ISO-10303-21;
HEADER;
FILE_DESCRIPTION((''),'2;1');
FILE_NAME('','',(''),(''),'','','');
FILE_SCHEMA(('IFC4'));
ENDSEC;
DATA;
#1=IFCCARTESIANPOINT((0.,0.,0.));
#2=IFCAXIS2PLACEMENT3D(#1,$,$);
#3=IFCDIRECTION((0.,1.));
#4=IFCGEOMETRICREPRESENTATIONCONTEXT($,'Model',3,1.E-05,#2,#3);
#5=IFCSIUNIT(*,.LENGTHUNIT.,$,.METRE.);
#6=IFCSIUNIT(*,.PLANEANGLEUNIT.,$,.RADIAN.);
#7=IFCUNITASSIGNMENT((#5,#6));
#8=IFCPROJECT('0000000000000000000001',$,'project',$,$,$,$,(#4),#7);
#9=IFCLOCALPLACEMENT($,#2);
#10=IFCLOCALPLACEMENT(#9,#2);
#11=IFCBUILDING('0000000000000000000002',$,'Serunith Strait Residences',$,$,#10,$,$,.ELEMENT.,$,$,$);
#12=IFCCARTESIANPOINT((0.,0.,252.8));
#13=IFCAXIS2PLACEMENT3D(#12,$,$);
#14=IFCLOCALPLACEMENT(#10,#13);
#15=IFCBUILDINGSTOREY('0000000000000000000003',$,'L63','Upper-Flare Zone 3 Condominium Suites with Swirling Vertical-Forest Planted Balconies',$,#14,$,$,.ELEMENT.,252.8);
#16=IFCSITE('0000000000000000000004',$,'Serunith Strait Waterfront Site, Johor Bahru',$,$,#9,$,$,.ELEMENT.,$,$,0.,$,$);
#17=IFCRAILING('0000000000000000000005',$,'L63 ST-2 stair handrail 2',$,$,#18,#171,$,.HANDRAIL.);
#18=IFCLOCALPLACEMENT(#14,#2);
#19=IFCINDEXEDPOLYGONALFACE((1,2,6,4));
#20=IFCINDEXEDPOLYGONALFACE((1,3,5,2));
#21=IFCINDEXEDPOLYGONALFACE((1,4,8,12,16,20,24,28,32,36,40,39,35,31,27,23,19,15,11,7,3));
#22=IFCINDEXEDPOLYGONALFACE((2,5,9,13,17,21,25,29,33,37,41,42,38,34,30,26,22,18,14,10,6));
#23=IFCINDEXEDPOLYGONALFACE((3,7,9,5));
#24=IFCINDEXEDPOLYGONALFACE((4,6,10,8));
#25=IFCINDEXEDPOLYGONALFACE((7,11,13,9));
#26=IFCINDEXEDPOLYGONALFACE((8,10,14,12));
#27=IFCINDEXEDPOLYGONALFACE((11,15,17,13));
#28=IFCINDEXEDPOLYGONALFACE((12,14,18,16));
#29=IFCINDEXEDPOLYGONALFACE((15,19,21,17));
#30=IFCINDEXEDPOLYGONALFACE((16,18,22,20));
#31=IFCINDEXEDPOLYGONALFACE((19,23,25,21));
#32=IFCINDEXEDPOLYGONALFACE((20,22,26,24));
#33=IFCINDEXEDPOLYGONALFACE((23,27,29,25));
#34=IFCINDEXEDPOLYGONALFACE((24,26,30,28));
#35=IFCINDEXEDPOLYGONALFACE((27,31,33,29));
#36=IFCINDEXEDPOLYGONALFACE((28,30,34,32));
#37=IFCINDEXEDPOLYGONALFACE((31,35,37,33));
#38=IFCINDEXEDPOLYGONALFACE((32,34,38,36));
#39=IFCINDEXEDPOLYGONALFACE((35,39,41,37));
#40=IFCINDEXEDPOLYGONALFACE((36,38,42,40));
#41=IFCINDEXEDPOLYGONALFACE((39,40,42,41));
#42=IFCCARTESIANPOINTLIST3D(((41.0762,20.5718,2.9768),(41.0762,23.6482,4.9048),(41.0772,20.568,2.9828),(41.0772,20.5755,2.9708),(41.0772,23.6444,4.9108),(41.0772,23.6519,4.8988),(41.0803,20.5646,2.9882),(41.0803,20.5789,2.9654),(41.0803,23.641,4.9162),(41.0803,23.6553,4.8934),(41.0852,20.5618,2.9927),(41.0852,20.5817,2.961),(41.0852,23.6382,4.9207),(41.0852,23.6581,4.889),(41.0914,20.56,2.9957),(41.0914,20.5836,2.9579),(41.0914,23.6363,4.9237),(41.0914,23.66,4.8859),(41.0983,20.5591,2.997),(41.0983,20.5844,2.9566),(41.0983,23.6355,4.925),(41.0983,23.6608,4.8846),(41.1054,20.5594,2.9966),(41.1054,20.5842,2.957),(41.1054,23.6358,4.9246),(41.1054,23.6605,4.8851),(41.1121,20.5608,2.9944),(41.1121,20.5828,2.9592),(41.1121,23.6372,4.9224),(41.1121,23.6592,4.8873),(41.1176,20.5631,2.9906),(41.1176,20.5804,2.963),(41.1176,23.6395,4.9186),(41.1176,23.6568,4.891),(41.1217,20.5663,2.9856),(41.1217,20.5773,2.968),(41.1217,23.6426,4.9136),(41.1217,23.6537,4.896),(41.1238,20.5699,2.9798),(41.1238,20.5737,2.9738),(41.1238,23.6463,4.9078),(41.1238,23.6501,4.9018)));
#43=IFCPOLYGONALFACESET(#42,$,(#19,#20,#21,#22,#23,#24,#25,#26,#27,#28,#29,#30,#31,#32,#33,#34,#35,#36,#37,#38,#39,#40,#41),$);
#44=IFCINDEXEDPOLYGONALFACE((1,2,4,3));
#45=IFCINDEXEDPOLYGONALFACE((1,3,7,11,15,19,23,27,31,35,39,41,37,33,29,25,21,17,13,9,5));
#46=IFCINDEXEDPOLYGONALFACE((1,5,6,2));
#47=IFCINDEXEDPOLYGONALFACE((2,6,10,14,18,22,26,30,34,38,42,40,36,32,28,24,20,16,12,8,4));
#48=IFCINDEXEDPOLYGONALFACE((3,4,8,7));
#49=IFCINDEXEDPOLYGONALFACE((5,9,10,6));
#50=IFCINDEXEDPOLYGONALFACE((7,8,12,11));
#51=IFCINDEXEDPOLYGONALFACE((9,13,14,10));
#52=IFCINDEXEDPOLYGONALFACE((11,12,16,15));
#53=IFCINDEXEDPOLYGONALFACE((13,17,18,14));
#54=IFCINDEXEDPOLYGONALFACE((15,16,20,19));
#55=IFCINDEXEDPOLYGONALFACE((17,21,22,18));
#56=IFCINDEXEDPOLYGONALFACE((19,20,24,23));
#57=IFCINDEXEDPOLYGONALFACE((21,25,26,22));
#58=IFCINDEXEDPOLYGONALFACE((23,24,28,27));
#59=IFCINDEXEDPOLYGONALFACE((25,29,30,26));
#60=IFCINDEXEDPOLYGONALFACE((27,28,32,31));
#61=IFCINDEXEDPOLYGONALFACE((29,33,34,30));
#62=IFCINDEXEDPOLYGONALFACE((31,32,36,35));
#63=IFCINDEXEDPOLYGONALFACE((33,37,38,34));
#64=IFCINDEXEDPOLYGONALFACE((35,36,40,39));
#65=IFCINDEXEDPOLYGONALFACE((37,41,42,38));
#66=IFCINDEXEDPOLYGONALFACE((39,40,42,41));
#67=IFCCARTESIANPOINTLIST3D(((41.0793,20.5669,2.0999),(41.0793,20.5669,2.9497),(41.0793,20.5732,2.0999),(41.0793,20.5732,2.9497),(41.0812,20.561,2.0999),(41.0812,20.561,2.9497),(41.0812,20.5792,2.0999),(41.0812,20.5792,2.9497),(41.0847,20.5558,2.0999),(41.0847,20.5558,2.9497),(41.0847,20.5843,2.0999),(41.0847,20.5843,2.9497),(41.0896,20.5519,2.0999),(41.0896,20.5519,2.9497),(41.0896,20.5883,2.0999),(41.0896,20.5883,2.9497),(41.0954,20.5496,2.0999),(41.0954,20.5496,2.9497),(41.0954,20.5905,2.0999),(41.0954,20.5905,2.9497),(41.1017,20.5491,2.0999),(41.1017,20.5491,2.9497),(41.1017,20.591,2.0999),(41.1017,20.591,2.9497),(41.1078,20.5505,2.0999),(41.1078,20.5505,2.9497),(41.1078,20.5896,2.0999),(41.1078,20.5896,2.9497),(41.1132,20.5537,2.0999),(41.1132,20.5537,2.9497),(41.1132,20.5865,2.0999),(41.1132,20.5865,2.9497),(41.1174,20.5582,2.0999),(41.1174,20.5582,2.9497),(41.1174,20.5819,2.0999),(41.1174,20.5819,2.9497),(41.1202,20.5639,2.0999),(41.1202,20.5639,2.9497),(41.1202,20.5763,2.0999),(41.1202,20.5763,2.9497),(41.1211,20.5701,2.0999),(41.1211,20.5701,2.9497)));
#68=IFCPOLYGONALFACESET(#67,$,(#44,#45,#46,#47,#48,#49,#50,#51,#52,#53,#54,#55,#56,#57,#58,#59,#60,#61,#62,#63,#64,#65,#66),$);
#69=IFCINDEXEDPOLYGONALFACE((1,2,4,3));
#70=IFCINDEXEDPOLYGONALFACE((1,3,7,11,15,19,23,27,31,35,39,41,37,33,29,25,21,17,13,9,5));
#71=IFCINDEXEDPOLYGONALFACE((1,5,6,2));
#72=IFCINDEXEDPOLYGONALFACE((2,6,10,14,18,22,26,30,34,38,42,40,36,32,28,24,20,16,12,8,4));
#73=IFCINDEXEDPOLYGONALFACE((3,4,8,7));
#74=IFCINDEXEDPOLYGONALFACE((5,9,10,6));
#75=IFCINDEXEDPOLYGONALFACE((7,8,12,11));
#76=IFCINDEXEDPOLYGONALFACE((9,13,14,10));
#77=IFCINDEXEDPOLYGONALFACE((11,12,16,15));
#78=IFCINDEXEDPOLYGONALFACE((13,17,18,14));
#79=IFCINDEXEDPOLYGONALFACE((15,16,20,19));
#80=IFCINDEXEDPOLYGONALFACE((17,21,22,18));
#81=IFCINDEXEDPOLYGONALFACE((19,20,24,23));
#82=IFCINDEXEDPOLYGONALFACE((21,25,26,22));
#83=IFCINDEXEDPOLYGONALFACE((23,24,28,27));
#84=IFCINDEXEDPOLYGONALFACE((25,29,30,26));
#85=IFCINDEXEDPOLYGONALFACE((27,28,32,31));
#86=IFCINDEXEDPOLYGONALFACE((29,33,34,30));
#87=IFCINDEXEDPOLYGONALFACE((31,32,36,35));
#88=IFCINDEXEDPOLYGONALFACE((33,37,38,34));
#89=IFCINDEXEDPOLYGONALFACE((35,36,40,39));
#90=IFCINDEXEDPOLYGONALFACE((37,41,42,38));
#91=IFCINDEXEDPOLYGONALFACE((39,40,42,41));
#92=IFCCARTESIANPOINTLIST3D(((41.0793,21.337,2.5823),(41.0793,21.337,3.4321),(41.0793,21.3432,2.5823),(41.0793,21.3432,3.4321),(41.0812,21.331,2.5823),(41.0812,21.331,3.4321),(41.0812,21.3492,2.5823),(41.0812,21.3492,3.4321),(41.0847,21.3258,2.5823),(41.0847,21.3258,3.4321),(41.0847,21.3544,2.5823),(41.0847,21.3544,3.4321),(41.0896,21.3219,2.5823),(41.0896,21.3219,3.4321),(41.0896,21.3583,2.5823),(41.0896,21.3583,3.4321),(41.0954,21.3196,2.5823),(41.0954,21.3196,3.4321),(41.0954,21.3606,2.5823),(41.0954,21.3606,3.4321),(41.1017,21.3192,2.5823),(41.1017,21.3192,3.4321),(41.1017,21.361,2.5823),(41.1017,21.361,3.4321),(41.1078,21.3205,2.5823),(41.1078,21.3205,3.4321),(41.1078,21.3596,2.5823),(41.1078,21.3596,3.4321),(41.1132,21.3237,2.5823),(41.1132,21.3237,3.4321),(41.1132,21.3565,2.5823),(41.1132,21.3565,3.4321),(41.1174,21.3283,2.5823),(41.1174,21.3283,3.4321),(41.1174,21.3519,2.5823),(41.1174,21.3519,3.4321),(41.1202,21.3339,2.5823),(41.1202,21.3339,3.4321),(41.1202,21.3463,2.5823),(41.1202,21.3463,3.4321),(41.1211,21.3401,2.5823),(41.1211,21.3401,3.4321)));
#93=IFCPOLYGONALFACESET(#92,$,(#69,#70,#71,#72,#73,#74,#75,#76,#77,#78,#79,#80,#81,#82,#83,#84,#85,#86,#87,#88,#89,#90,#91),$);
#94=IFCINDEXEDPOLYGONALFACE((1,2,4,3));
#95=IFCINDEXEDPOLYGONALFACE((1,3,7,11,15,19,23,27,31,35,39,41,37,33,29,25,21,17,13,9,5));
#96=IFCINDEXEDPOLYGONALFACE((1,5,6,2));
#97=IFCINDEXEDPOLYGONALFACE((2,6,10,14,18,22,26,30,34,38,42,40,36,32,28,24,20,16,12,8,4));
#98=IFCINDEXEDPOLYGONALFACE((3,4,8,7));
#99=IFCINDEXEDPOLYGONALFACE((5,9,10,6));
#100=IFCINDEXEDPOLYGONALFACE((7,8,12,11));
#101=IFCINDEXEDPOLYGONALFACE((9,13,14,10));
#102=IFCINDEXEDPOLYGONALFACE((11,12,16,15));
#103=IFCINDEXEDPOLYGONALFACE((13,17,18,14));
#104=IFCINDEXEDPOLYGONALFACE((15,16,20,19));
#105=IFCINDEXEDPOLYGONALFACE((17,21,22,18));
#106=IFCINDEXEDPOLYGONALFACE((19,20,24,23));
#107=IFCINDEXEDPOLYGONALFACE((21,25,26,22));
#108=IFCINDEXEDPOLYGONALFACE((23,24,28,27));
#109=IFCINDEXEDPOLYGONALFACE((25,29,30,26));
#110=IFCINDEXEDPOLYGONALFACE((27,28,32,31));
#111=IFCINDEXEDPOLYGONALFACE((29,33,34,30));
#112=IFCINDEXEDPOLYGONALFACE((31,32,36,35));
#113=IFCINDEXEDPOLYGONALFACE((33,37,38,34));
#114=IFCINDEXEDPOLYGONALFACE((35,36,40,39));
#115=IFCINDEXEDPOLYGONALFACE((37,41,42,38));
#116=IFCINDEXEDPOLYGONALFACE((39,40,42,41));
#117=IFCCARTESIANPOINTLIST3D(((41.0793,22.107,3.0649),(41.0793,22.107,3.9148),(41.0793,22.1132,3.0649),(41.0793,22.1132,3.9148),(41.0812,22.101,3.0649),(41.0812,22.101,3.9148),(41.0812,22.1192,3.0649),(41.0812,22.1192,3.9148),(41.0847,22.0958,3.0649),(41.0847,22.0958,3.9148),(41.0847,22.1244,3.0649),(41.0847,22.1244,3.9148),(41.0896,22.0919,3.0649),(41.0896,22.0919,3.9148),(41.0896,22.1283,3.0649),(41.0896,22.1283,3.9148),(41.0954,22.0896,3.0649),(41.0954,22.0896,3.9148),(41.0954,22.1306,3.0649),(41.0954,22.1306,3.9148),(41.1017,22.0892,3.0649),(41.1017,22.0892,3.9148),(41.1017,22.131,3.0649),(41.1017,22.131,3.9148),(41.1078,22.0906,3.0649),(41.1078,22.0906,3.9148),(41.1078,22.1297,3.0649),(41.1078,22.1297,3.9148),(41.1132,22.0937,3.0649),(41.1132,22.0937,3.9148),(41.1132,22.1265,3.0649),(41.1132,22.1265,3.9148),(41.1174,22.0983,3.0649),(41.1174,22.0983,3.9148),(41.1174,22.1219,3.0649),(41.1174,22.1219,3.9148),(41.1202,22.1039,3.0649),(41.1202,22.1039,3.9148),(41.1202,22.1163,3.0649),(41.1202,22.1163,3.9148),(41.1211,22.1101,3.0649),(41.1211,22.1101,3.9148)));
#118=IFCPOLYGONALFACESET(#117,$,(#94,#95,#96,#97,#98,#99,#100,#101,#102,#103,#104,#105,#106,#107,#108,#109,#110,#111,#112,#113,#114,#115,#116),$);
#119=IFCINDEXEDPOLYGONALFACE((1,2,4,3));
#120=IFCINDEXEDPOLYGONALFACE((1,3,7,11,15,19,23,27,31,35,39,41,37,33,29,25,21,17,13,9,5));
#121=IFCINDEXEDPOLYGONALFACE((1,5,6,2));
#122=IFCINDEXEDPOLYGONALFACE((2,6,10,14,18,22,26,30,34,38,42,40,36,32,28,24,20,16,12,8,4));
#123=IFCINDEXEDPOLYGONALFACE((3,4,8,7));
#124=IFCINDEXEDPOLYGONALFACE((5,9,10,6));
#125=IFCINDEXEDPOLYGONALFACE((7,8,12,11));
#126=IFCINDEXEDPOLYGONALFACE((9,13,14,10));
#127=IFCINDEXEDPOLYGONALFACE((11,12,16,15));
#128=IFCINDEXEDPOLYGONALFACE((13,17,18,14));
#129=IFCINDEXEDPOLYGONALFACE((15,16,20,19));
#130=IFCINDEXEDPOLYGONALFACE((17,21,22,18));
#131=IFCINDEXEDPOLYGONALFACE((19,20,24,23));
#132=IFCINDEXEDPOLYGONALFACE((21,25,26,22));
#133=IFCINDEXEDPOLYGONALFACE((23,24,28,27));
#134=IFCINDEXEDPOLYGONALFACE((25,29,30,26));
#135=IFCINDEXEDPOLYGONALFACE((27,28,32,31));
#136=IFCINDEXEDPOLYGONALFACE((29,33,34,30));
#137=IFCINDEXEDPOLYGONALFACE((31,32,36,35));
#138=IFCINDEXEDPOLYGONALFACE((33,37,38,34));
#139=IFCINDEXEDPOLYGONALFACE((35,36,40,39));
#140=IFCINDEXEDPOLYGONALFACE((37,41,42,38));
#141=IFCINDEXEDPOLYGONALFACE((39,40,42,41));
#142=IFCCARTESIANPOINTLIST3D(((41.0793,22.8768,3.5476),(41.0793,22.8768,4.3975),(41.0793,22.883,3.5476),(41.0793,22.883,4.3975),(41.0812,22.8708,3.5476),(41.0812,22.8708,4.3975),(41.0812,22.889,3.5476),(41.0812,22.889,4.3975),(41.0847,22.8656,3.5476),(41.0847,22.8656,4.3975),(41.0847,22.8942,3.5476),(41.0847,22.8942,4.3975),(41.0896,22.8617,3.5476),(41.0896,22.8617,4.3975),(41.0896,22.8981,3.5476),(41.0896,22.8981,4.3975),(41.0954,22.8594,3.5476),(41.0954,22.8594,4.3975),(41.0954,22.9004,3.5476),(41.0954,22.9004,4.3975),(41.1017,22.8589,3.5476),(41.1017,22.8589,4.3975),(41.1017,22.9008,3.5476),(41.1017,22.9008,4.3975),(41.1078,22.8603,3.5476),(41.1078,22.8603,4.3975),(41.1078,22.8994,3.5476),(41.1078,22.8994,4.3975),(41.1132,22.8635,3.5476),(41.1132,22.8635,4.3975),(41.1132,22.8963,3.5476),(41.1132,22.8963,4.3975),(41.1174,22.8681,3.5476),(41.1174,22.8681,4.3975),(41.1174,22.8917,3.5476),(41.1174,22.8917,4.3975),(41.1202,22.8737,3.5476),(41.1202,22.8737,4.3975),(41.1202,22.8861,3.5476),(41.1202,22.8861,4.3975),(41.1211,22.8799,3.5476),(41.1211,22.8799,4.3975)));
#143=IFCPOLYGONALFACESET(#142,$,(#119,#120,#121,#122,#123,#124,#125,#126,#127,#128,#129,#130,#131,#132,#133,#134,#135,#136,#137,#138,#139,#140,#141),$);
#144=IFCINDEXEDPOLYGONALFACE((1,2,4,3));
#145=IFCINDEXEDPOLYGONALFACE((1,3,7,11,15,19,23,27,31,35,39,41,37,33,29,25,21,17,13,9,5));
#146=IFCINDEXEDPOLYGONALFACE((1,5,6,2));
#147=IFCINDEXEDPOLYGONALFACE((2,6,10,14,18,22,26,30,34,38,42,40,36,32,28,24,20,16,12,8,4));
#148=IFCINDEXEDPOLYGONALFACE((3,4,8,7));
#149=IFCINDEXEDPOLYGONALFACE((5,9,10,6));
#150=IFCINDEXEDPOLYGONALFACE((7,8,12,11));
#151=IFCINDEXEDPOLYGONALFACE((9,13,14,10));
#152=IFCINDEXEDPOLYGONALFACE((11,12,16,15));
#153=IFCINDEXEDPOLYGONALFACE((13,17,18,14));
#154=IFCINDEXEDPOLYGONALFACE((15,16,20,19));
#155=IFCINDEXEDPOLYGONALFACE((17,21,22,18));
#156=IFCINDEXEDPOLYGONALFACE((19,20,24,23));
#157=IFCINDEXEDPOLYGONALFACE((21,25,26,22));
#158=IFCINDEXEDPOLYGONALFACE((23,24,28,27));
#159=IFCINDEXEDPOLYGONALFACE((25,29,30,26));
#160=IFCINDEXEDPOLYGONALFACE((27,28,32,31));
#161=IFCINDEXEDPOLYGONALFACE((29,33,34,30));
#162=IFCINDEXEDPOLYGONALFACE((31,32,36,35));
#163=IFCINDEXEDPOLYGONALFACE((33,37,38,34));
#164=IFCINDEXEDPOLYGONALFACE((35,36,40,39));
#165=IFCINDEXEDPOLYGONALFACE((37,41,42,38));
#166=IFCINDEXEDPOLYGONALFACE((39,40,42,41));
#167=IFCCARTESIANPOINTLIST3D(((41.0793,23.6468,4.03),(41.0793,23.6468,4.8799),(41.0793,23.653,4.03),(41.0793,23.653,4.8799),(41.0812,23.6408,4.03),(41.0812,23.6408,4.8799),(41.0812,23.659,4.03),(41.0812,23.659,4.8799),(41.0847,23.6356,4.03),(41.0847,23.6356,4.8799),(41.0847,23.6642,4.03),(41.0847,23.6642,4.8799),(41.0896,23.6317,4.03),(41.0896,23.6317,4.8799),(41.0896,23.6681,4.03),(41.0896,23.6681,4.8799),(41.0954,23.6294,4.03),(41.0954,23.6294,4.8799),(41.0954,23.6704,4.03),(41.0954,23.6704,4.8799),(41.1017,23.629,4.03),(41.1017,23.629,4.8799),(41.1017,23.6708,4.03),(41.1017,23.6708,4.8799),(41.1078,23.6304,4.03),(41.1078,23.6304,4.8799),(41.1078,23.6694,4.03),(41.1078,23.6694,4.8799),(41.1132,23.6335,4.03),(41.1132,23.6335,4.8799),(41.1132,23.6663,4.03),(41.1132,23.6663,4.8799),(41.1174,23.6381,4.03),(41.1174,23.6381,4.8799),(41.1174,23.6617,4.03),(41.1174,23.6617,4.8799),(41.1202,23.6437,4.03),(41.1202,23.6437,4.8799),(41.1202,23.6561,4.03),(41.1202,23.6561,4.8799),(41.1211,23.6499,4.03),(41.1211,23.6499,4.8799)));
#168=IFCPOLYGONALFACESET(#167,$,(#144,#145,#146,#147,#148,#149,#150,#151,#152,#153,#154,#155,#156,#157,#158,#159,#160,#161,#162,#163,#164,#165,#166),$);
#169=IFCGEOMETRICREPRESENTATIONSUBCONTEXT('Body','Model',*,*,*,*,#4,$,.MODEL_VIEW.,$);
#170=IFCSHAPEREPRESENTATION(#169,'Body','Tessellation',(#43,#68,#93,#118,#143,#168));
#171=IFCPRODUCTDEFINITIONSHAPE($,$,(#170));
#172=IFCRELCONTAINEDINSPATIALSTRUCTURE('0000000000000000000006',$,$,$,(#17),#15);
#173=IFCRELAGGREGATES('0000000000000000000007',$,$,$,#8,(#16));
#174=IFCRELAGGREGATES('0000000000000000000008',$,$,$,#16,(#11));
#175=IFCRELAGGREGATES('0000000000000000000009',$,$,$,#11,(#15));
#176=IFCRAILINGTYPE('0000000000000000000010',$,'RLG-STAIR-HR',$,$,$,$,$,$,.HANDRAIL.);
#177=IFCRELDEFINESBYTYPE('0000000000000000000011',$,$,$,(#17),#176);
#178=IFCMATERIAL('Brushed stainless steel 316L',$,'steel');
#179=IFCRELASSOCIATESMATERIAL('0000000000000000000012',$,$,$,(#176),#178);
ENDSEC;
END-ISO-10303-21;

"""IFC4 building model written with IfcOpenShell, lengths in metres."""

from ifc_helpers import new_model, si_unit, direction, frame, origin, origin_2d, place, context, subcontext, project, spatial, circle, extrude, material, type_object, element, save


model = new_model("IFC4")

# Units and contexts
model_context = context("Model", 3, precision=1e-05, world=origin(), true_north=direction((0.0, 1.0)))
body_context = subcontext(model_context, "Body", "Model", "MODEL_VIEW")
ifc_project = project(units=[si_unit("LENGTHUNIT", "METRE"), si_unit("PLANEANGLEUNIT", "RADIAN")], contexts=[model_context])

# Site, building, storey
site_placement = place(None, origin())
site = spatial("IfcSite", under=ifc_project, at=site_placement, Name="Serunith Strait Waterfront Site, Johor Bahru", CompositionType="ELEMENT", RefElevation=0.0)
building_placement = place(site_placement, origin())
building = spatial("IfcBuilding", under=site, at=building_placement, Name="Serunith Strait Residences", CompositionType="ELEMENT")
storey_placement = place(building_placement, frame((0.0, 0.0, 252.8)))
storey = spatial("IfcBuildingStorey", under=building, at=storey_placement, Name="L63", Description="Upper-Flare Zone 3 Condominium Suites with Swirling Vertical-Forest Planted Balconies", CompositionType="ELEMENT", Elevation=252.8)

# Railing
ifc_material_1 = material(Name="Brushed stainless steel 316L", Category="steel")
railing_type_1 = type_object("IfcRailingType", Name="RLG-STAIR-HR", PredefinedType="HANDRAIL", material=ifc_material_1)
railing_1_placement = place(storey_placement, frame((41.1001, 20.5701, 2.0999)))
element("IfcRailing", 1, at=railing_1_placement, inside=storey, type_object=railing_type_1, Name="L63 ST-2 stair handrail 2", PredefinedType="HANDRAIL", context=body_context, shape_type="SweptSolid", body=[
    extrude(circle(Radius=0.0239, at=origin_2d()), frame((0.0, 0.0017, 0.877), z_axis=(0.0, 0.847345, 0.531043), x_axis=(-1.0, 0.0, 0.0)), (0.0, 0.0, 1.0), 3.6306),
    extrude(circle(Radius=0.021, at=origin_2d()), origin(), (0.0, 0.0, 1.0), 0.8499),
    extrude(circle(Radius=0.021, at=origin_2d()), frame((0.0, 0.77, 0.4824)), (0.0, 0.0, 1.0), 0.8499),
    extrude(circle(Radius=0.021, at=origin_2d()), frame((0.0, 1.54, 0.9651)), (0.0, 0.0, 1.0), 0.8499),
    extrude(circle(Radius=0.021, at=origin_2d()), frame((0.0, 2.3098, 1.4478)), (0.0, 0.0, 1.0), 0.8499),
    extrude(circle(Radius=0.021, at=origin_2d()), frame((0.0, 3.0798, 1.9302)), (0.0, 0.0, 1.0), 0.8499),
])

save(model, "model.ifc")
